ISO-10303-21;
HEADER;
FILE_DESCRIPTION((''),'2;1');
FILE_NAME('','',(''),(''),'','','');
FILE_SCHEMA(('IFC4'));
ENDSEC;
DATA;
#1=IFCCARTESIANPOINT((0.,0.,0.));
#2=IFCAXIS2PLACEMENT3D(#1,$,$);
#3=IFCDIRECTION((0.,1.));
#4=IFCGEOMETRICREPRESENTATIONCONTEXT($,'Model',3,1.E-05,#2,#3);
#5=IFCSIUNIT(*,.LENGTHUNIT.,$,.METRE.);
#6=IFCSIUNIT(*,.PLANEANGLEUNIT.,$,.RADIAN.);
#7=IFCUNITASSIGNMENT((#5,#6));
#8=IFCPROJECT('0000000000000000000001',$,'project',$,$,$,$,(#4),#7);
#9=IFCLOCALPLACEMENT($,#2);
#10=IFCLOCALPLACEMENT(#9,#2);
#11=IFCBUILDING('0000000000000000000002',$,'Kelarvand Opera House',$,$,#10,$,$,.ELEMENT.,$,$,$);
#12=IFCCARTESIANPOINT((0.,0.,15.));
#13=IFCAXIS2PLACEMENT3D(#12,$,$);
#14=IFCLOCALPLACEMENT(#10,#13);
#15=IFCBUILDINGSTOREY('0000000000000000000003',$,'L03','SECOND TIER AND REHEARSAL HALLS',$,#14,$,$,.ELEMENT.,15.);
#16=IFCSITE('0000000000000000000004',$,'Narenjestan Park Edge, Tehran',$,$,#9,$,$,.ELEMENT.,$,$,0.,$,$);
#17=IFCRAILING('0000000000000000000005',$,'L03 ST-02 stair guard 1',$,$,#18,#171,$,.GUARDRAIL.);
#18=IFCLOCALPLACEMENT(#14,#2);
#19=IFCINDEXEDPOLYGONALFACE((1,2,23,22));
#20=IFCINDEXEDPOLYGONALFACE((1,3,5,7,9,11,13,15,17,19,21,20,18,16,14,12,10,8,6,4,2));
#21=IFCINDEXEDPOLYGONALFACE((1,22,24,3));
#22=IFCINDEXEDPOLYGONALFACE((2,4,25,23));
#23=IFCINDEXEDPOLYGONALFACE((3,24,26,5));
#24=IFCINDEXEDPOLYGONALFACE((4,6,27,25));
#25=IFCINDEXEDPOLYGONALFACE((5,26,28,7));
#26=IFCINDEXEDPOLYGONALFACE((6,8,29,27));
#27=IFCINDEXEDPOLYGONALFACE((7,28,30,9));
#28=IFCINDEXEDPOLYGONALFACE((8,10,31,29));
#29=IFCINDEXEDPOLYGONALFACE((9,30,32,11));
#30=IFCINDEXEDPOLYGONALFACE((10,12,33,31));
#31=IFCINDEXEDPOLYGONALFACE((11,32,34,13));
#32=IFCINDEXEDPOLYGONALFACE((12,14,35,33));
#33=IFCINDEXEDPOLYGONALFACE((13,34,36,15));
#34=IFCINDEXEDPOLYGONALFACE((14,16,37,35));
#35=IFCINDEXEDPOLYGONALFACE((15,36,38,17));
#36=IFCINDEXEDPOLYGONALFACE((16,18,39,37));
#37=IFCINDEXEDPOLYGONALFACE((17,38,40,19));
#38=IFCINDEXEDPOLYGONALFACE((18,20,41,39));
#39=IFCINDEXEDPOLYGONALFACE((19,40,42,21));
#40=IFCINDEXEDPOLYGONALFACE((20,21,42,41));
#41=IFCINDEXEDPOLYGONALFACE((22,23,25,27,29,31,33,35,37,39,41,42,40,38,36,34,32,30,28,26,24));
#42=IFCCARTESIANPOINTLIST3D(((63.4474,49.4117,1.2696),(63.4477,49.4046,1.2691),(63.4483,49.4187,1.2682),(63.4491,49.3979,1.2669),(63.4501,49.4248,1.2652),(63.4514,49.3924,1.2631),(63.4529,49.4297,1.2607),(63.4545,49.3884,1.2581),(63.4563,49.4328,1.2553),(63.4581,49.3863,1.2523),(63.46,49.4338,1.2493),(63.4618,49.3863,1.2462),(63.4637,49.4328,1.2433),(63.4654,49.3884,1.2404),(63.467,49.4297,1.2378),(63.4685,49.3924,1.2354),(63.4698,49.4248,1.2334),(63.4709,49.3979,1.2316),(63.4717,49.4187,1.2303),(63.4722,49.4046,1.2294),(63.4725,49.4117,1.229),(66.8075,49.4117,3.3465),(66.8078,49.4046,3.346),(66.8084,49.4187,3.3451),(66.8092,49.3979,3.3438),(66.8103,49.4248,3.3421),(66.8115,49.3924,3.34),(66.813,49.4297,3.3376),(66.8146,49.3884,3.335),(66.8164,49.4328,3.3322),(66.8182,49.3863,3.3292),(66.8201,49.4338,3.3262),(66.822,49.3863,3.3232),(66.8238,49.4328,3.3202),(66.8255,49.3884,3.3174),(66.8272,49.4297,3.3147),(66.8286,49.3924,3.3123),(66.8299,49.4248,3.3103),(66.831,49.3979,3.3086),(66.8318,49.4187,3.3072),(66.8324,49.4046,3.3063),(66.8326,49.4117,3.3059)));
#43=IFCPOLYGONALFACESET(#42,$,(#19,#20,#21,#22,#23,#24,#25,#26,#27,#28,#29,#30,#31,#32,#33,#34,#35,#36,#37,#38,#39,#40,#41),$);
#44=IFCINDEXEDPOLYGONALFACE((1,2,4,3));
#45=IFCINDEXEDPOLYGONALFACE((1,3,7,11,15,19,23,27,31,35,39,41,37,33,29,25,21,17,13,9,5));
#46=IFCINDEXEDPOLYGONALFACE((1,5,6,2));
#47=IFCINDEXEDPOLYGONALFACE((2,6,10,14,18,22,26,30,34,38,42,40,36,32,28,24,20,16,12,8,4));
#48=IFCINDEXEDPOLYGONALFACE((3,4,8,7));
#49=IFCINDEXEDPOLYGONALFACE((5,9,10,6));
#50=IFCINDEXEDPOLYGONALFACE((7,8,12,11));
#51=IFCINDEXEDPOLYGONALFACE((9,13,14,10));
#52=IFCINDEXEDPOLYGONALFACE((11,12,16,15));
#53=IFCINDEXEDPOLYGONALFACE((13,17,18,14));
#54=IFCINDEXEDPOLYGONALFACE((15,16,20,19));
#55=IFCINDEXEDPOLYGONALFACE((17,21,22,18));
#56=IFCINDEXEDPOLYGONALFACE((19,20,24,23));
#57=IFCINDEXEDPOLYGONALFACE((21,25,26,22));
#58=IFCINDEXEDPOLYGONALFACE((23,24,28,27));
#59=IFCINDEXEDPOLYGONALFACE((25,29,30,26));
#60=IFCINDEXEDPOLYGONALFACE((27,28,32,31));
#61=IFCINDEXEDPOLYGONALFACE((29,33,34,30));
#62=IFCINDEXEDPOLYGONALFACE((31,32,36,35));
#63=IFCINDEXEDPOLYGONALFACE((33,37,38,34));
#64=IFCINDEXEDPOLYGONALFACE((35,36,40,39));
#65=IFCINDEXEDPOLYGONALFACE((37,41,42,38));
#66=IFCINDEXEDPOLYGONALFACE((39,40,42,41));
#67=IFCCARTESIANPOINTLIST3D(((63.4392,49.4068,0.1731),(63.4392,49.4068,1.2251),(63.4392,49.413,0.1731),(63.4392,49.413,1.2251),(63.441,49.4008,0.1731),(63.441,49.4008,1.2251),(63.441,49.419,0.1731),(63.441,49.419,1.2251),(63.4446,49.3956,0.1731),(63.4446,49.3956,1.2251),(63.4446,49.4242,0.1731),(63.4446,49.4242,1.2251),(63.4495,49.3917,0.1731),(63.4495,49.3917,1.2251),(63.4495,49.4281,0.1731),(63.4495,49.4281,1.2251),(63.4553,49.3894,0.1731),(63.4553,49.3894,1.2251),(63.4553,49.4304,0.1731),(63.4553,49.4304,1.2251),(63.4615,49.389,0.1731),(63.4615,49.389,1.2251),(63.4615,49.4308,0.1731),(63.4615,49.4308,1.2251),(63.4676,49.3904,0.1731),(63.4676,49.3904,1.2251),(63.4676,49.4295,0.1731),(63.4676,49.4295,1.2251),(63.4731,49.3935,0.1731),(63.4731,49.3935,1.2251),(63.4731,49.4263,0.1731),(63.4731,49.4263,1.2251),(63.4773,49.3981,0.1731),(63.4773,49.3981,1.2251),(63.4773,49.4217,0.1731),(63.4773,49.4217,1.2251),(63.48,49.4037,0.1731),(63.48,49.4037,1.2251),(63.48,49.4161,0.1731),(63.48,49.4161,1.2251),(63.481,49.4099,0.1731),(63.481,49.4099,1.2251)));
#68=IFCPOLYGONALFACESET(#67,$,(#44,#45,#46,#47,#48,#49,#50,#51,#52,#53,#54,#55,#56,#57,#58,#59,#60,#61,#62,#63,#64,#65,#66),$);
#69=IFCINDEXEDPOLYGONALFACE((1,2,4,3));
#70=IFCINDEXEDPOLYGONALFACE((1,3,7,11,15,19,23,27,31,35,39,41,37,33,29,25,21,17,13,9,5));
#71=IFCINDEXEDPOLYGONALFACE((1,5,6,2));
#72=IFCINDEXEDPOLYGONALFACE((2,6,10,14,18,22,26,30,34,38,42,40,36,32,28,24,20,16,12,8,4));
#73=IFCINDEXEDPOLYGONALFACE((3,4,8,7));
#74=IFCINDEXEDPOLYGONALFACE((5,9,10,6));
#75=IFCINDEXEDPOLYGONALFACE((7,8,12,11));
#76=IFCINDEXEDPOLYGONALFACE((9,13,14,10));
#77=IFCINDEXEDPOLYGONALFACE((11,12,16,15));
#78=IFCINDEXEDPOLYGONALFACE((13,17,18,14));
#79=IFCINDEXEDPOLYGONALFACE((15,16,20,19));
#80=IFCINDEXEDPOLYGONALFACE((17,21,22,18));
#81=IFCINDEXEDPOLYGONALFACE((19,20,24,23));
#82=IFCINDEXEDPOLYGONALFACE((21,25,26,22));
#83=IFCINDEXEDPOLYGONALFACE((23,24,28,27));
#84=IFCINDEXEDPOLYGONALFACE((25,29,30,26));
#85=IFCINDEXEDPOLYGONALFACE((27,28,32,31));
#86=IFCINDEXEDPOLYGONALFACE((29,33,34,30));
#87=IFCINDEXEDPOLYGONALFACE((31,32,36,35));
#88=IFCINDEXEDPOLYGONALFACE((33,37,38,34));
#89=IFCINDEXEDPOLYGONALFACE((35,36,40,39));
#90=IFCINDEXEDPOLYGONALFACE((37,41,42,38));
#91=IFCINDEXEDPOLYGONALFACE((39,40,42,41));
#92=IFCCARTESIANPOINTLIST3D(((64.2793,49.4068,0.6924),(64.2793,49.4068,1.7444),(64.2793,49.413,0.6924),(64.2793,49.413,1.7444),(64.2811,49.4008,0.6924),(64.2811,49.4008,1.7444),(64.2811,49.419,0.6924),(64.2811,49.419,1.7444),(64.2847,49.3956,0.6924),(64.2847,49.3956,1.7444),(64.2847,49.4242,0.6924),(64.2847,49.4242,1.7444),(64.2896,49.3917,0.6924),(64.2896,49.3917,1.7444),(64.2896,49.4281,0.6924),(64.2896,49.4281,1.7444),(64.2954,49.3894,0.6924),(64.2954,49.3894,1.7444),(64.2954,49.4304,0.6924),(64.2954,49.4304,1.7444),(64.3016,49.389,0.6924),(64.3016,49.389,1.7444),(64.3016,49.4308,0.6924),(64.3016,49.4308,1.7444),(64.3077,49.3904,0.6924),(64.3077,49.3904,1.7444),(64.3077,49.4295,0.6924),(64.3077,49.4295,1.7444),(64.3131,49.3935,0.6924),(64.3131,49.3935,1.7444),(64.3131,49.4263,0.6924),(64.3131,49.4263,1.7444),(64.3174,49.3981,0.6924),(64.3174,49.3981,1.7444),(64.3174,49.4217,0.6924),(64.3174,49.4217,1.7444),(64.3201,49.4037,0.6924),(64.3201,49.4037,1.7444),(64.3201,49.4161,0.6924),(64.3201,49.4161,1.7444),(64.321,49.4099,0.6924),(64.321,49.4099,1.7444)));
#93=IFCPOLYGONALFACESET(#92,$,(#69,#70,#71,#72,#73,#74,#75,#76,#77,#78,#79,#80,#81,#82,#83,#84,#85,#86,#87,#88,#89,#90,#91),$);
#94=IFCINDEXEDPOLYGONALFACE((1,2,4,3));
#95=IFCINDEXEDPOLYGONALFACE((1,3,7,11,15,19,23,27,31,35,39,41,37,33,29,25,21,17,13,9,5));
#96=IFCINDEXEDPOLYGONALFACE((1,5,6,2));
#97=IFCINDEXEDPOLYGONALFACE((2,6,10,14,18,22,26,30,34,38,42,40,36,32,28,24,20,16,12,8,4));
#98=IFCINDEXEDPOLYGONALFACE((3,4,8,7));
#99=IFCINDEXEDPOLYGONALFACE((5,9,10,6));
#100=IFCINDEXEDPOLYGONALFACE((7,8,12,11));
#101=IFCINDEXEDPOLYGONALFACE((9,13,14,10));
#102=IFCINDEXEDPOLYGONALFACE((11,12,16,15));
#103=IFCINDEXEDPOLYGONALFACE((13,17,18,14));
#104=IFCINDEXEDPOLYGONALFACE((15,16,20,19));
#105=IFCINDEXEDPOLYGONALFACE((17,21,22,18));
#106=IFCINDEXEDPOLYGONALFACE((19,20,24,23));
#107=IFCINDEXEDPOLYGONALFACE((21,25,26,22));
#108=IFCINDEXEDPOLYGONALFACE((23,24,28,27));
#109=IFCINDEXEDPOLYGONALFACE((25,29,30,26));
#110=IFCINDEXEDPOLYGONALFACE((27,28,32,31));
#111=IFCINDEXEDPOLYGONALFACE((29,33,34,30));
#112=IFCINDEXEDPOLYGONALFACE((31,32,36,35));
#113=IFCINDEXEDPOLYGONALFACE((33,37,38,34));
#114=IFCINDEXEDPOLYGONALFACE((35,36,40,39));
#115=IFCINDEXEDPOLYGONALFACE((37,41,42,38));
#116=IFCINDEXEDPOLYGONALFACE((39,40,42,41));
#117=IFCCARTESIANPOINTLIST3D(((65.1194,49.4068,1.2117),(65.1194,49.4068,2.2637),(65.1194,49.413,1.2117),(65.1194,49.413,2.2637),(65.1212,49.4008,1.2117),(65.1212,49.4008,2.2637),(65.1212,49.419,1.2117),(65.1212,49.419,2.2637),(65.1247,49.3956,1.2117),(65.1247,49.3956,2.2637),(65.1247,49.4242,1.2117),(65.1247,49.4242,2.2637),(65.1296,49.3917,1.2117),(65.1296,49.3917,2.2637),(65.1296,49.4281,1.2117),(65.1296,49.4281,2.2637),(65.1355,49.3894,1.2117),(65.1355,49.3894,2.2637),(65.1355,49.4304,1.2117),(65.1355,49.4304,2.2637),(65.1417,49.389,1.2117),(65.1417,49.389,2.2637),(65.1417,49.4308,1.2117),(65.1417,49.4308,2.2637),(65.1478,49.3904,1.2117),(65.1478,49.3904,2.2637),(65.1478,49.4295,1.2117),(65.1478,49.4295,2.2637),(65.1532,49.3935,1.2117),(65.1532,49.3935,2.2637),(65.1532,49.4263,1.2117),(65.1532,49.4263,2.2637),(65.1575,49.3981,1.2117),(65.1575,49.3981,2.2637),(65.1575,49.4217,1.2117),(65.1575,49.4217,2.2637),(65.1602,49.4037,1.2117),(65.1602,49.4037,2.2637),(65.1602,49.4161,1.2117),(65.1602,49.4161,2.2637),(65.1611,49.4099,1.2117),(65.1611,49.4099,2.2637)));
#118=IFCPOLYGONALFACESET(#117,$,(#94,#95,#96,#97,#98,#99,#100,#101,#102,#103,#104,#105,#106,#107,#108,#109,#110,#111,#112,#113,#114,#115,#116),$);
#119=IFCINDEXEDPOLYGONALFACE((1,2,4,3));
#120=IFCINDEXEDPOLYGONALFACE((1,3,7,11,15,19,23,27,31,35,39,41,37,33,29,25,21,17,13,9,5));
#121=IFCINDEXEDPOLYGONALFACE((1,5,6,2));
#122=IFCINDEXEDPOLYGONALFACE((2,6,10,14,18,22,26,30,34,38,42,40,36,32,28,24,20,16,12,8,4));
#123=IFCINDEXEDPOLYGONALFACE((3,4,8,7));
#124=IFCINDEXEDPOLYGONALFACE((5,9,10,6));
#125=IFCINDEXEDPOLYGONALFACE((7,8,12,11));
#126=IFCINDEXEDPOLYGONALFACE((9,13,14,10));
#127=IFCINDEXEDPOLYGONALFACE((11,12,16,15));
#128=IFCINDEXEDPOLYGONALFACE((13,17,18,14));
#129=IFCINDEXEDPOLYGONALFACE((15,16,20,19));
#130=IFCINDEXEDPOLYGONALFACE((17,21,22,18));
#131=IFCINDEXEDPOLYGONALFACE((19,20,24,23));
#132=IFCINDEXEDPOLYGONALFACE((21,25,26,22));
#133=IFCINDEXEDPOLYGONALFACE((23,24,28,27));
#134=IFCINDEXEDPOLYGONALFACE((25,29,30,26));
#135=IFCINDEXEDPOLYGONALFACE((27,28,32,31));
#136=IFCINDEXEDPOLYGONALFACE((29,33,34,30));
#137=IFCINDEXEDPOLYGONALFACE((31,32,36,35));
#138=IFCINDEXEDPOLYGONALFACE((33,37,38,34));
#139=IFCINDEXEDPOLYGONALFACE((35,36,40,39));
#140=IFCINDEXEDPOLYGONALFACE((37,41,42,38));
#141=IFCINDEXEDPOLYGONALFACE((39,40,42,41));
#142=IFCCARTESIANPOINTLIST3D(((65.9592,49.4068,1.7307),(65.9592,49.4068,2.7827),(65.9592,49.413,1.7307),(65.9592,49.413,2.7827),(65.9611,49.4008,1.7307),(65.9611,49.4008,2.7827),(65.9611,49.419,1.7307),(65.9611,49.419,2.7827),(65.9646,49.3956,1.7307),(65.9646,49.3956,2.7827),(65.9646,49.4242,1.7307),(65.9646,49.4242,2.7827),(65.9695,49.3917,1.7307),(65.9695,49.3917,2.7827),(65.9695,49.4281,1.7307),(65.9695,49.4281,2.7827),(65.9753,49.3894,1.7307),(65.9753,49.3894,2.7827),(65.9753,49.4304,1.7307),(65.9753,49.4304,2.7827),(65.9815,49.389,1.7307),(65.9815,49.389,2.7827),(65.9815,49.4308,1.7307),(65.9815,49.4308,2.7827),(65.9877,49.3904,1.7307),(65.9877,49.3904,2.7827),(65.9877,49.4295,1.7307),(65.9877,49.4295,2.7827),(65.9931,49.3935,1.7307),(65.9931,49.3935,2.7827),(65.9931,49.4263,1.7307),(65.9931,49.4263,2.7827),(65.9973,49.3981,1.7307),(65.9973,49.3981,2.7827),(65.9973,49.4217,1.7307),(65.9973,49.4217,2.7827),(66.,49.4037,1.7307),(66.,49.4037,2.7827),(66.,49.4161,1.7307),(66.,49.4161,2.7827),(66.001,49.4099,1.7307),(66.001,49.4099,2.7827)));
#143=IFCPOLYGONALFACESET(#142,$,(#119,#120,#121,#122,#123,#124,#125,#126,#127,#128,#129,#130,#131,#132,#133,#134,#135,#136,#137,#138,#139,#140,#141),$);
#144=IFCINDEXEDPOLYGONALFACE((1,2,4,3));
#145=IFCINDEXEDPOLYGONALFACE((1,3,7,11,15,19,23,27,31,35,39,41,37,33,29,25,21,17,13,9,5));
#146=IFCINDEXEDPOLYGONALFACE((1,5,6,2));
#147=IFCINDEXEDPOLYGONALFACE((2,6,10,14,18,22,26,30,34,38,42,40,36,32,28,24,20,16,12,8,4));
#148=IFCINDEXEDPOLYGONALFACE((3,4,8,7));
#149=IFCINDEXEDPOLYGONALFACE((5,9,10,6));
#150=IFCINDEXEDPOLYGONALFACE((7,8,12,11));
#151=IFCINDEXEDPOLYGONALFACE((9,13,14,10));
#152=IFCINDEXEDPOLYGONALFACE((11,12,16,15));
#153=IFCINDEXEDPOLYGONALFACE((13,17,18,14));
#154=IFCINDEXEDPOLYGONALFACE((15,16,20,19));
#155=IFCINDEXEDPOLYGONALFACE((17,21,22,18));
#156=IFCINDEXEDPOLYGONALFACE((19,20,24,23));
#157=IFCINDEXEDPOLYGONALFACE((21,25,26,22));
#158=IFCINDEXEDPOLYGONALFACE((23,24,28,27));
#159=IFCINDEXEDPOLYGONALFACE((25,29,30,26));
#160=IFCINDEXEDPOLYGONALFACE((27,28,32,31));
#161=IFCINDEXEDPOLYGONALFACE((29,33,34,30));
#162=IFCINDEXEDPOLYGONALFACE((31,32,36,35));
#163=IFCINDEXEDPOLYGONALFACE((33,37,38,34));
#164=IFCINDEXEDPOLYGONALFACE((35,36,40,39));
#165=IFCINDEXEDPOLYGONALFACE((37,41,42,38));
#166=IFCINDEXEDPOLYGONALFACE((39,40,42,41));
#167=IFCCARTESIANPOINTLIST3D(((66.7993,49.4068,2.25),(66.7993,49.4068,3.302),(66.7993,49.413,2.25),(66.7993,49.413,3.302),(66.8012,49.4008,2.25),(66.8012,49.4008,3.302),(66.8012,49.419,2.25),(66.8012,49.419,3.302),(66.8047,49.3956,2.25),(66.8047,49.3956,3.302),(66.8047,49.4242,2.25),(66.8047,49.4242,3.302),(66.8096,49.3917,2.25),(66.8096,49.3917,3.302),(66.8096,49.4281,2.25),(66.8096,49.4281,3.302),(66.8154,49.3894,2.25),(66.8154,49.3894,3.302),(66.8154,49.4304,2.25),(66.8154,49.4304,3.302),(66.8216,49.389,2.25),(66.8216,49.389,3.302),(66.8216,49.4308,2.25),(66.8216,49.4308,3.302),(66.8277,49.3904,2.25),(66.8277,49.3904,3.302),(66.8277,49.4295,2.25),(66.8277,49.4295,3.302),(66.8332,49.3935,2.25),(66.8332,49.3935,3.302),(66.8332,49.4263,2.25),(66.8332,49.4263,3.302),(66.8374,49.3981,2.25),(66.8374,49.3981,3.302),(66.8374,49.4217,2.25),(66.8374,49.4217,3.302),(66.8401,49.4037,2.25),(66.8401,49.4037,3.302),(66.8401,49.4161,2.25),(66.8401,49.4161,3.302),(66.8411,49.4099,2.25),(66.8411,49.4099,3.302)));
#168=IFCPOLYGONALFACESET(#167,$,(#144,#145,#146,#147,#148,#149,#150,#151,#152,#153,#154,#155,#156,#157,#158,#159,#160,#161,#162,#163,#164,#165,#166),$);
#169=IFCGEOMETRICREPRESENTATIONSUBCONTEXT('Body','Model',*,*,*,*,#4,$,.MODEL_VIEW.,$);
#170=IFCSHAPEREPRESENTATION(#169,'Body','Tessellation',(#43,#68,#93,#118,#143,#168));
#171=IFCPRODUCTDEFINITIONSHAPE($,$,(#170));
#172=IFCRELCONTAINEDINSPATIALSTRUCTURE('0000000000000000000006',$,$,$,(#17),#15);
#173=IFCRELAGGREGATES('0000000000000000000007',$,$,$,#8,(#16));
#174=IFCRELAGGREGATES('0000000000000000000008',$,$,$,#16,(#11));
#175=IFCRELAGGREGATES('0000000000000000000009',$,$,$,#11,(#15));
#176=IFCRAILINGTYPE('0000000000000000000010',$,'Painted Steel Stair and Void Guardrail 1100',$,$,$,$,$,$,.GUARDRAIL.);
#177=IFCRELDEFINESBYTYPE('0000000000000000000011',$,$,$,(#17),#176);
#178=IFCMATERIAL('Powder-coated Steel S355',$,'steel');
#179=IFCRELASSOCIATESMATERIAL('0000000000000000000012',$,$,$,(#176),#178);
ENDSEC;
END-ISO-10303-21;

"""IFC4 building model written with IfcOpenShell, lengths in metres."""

from ifc_helpers import new_model, si_unit, direction, frame, origin, origin_2d, place, context, subcontext, project, spatial, circle, extrude, material, type_object, element, save


model = new_model("IFC4")

# Units and contexts
model_context = context("Model", 3, precision=1e-05, world=origin(), true_north=direction((0.0, 1.0)))
body_context = subcontext(model_context, "Body", "Model", "MODEL_VIEW")
ifc_project = project(units=[si_unit("LENGTHUNIT", "METRE"), si_unit("PLANEANGLEUNIT", "RADIAN")], contexts=[model_context])

# Site, building, storey
site_placement = place(None, origin())
site = spatial("IfcSite", under=ifc_project, at=site_placement, Name="Narenjestan Park Edge, Tehran", CompositionType="ELEMENT", RefElevation=0.0)
building_placement = place(site_placement, origin())
building = spatial("IfcBuilding", under=site, at=building_placement, Name="Kelarvand Opera House", CompositionType="ELEMENT")
storey_placement = place(building_placement, frame((0.0, 0.0, 15.0)))
storey = spatial("IfcBuildingStorey", under=building, at=storey_placement, Name="L03", Description="SECOND TIER AND REHEARSAL HALLS", CompositionType="ELEMENT", Elevation=15.0)

# Railing
ifc_material_1 = material(Name="Powder-coated Steel S355", Category="steel")
railing_type_1 = type_object("IfcRailingType", Name="Painted Steel Stair and Void Guardrail 1100", PredefinedType="GUARDRAIL", material=ifc_material_1)
railing_1_placement = place(storey_placement, frame((63.46, 49.4099, 0.1731)))
element("IfcRailing", 1, at=railing_1_placement, inside=storey, type_object=railing_type_1, Name="L03 ST-02 stair guard 1", PredefinedType="GUARDRAIL", context=body_context, shape_type="SweptSolid", body=[
    extrude(circle(Radius=0.0239, at=origin_2d()), frame((0.0, 0.0, 1.0762), z_axis=(0.850623, 0.0, 0.525776), x_axis=(0.0, 1.0, 0.0)), (0.0, 0.0, 1.0), 3.9502),
    extrude(circle(Radius=0.021, at=origin_2d()), origin(), (0.0, 0.0, 1.0), 1.052),
    extrude(circle(Radius=0.021, at=origin_2d()), frame((0.8401, 0.0, 0.5193)), (0.0, 0.0, 1.0), 1.052),
    extrude(circle(Radius=0.021, at=origin_2d()), frame((1.6802, 0.0, 1.0386)), (0.0, 0.0, 1.0), 1.052),
    extrude(circle(Radius=0.021, at=origin_2d()), frame((2.52, 0.0, 1.5576)), (0.0, 0.0, 1.0), 1.052),
    extrude(circle(Radius=0.021, at=origin_2d()), frame((3.3601, 0.0, 2.0769)), (0.0, 0.0, 1.0), 1.052),
])

save(model, "model.ifc")
